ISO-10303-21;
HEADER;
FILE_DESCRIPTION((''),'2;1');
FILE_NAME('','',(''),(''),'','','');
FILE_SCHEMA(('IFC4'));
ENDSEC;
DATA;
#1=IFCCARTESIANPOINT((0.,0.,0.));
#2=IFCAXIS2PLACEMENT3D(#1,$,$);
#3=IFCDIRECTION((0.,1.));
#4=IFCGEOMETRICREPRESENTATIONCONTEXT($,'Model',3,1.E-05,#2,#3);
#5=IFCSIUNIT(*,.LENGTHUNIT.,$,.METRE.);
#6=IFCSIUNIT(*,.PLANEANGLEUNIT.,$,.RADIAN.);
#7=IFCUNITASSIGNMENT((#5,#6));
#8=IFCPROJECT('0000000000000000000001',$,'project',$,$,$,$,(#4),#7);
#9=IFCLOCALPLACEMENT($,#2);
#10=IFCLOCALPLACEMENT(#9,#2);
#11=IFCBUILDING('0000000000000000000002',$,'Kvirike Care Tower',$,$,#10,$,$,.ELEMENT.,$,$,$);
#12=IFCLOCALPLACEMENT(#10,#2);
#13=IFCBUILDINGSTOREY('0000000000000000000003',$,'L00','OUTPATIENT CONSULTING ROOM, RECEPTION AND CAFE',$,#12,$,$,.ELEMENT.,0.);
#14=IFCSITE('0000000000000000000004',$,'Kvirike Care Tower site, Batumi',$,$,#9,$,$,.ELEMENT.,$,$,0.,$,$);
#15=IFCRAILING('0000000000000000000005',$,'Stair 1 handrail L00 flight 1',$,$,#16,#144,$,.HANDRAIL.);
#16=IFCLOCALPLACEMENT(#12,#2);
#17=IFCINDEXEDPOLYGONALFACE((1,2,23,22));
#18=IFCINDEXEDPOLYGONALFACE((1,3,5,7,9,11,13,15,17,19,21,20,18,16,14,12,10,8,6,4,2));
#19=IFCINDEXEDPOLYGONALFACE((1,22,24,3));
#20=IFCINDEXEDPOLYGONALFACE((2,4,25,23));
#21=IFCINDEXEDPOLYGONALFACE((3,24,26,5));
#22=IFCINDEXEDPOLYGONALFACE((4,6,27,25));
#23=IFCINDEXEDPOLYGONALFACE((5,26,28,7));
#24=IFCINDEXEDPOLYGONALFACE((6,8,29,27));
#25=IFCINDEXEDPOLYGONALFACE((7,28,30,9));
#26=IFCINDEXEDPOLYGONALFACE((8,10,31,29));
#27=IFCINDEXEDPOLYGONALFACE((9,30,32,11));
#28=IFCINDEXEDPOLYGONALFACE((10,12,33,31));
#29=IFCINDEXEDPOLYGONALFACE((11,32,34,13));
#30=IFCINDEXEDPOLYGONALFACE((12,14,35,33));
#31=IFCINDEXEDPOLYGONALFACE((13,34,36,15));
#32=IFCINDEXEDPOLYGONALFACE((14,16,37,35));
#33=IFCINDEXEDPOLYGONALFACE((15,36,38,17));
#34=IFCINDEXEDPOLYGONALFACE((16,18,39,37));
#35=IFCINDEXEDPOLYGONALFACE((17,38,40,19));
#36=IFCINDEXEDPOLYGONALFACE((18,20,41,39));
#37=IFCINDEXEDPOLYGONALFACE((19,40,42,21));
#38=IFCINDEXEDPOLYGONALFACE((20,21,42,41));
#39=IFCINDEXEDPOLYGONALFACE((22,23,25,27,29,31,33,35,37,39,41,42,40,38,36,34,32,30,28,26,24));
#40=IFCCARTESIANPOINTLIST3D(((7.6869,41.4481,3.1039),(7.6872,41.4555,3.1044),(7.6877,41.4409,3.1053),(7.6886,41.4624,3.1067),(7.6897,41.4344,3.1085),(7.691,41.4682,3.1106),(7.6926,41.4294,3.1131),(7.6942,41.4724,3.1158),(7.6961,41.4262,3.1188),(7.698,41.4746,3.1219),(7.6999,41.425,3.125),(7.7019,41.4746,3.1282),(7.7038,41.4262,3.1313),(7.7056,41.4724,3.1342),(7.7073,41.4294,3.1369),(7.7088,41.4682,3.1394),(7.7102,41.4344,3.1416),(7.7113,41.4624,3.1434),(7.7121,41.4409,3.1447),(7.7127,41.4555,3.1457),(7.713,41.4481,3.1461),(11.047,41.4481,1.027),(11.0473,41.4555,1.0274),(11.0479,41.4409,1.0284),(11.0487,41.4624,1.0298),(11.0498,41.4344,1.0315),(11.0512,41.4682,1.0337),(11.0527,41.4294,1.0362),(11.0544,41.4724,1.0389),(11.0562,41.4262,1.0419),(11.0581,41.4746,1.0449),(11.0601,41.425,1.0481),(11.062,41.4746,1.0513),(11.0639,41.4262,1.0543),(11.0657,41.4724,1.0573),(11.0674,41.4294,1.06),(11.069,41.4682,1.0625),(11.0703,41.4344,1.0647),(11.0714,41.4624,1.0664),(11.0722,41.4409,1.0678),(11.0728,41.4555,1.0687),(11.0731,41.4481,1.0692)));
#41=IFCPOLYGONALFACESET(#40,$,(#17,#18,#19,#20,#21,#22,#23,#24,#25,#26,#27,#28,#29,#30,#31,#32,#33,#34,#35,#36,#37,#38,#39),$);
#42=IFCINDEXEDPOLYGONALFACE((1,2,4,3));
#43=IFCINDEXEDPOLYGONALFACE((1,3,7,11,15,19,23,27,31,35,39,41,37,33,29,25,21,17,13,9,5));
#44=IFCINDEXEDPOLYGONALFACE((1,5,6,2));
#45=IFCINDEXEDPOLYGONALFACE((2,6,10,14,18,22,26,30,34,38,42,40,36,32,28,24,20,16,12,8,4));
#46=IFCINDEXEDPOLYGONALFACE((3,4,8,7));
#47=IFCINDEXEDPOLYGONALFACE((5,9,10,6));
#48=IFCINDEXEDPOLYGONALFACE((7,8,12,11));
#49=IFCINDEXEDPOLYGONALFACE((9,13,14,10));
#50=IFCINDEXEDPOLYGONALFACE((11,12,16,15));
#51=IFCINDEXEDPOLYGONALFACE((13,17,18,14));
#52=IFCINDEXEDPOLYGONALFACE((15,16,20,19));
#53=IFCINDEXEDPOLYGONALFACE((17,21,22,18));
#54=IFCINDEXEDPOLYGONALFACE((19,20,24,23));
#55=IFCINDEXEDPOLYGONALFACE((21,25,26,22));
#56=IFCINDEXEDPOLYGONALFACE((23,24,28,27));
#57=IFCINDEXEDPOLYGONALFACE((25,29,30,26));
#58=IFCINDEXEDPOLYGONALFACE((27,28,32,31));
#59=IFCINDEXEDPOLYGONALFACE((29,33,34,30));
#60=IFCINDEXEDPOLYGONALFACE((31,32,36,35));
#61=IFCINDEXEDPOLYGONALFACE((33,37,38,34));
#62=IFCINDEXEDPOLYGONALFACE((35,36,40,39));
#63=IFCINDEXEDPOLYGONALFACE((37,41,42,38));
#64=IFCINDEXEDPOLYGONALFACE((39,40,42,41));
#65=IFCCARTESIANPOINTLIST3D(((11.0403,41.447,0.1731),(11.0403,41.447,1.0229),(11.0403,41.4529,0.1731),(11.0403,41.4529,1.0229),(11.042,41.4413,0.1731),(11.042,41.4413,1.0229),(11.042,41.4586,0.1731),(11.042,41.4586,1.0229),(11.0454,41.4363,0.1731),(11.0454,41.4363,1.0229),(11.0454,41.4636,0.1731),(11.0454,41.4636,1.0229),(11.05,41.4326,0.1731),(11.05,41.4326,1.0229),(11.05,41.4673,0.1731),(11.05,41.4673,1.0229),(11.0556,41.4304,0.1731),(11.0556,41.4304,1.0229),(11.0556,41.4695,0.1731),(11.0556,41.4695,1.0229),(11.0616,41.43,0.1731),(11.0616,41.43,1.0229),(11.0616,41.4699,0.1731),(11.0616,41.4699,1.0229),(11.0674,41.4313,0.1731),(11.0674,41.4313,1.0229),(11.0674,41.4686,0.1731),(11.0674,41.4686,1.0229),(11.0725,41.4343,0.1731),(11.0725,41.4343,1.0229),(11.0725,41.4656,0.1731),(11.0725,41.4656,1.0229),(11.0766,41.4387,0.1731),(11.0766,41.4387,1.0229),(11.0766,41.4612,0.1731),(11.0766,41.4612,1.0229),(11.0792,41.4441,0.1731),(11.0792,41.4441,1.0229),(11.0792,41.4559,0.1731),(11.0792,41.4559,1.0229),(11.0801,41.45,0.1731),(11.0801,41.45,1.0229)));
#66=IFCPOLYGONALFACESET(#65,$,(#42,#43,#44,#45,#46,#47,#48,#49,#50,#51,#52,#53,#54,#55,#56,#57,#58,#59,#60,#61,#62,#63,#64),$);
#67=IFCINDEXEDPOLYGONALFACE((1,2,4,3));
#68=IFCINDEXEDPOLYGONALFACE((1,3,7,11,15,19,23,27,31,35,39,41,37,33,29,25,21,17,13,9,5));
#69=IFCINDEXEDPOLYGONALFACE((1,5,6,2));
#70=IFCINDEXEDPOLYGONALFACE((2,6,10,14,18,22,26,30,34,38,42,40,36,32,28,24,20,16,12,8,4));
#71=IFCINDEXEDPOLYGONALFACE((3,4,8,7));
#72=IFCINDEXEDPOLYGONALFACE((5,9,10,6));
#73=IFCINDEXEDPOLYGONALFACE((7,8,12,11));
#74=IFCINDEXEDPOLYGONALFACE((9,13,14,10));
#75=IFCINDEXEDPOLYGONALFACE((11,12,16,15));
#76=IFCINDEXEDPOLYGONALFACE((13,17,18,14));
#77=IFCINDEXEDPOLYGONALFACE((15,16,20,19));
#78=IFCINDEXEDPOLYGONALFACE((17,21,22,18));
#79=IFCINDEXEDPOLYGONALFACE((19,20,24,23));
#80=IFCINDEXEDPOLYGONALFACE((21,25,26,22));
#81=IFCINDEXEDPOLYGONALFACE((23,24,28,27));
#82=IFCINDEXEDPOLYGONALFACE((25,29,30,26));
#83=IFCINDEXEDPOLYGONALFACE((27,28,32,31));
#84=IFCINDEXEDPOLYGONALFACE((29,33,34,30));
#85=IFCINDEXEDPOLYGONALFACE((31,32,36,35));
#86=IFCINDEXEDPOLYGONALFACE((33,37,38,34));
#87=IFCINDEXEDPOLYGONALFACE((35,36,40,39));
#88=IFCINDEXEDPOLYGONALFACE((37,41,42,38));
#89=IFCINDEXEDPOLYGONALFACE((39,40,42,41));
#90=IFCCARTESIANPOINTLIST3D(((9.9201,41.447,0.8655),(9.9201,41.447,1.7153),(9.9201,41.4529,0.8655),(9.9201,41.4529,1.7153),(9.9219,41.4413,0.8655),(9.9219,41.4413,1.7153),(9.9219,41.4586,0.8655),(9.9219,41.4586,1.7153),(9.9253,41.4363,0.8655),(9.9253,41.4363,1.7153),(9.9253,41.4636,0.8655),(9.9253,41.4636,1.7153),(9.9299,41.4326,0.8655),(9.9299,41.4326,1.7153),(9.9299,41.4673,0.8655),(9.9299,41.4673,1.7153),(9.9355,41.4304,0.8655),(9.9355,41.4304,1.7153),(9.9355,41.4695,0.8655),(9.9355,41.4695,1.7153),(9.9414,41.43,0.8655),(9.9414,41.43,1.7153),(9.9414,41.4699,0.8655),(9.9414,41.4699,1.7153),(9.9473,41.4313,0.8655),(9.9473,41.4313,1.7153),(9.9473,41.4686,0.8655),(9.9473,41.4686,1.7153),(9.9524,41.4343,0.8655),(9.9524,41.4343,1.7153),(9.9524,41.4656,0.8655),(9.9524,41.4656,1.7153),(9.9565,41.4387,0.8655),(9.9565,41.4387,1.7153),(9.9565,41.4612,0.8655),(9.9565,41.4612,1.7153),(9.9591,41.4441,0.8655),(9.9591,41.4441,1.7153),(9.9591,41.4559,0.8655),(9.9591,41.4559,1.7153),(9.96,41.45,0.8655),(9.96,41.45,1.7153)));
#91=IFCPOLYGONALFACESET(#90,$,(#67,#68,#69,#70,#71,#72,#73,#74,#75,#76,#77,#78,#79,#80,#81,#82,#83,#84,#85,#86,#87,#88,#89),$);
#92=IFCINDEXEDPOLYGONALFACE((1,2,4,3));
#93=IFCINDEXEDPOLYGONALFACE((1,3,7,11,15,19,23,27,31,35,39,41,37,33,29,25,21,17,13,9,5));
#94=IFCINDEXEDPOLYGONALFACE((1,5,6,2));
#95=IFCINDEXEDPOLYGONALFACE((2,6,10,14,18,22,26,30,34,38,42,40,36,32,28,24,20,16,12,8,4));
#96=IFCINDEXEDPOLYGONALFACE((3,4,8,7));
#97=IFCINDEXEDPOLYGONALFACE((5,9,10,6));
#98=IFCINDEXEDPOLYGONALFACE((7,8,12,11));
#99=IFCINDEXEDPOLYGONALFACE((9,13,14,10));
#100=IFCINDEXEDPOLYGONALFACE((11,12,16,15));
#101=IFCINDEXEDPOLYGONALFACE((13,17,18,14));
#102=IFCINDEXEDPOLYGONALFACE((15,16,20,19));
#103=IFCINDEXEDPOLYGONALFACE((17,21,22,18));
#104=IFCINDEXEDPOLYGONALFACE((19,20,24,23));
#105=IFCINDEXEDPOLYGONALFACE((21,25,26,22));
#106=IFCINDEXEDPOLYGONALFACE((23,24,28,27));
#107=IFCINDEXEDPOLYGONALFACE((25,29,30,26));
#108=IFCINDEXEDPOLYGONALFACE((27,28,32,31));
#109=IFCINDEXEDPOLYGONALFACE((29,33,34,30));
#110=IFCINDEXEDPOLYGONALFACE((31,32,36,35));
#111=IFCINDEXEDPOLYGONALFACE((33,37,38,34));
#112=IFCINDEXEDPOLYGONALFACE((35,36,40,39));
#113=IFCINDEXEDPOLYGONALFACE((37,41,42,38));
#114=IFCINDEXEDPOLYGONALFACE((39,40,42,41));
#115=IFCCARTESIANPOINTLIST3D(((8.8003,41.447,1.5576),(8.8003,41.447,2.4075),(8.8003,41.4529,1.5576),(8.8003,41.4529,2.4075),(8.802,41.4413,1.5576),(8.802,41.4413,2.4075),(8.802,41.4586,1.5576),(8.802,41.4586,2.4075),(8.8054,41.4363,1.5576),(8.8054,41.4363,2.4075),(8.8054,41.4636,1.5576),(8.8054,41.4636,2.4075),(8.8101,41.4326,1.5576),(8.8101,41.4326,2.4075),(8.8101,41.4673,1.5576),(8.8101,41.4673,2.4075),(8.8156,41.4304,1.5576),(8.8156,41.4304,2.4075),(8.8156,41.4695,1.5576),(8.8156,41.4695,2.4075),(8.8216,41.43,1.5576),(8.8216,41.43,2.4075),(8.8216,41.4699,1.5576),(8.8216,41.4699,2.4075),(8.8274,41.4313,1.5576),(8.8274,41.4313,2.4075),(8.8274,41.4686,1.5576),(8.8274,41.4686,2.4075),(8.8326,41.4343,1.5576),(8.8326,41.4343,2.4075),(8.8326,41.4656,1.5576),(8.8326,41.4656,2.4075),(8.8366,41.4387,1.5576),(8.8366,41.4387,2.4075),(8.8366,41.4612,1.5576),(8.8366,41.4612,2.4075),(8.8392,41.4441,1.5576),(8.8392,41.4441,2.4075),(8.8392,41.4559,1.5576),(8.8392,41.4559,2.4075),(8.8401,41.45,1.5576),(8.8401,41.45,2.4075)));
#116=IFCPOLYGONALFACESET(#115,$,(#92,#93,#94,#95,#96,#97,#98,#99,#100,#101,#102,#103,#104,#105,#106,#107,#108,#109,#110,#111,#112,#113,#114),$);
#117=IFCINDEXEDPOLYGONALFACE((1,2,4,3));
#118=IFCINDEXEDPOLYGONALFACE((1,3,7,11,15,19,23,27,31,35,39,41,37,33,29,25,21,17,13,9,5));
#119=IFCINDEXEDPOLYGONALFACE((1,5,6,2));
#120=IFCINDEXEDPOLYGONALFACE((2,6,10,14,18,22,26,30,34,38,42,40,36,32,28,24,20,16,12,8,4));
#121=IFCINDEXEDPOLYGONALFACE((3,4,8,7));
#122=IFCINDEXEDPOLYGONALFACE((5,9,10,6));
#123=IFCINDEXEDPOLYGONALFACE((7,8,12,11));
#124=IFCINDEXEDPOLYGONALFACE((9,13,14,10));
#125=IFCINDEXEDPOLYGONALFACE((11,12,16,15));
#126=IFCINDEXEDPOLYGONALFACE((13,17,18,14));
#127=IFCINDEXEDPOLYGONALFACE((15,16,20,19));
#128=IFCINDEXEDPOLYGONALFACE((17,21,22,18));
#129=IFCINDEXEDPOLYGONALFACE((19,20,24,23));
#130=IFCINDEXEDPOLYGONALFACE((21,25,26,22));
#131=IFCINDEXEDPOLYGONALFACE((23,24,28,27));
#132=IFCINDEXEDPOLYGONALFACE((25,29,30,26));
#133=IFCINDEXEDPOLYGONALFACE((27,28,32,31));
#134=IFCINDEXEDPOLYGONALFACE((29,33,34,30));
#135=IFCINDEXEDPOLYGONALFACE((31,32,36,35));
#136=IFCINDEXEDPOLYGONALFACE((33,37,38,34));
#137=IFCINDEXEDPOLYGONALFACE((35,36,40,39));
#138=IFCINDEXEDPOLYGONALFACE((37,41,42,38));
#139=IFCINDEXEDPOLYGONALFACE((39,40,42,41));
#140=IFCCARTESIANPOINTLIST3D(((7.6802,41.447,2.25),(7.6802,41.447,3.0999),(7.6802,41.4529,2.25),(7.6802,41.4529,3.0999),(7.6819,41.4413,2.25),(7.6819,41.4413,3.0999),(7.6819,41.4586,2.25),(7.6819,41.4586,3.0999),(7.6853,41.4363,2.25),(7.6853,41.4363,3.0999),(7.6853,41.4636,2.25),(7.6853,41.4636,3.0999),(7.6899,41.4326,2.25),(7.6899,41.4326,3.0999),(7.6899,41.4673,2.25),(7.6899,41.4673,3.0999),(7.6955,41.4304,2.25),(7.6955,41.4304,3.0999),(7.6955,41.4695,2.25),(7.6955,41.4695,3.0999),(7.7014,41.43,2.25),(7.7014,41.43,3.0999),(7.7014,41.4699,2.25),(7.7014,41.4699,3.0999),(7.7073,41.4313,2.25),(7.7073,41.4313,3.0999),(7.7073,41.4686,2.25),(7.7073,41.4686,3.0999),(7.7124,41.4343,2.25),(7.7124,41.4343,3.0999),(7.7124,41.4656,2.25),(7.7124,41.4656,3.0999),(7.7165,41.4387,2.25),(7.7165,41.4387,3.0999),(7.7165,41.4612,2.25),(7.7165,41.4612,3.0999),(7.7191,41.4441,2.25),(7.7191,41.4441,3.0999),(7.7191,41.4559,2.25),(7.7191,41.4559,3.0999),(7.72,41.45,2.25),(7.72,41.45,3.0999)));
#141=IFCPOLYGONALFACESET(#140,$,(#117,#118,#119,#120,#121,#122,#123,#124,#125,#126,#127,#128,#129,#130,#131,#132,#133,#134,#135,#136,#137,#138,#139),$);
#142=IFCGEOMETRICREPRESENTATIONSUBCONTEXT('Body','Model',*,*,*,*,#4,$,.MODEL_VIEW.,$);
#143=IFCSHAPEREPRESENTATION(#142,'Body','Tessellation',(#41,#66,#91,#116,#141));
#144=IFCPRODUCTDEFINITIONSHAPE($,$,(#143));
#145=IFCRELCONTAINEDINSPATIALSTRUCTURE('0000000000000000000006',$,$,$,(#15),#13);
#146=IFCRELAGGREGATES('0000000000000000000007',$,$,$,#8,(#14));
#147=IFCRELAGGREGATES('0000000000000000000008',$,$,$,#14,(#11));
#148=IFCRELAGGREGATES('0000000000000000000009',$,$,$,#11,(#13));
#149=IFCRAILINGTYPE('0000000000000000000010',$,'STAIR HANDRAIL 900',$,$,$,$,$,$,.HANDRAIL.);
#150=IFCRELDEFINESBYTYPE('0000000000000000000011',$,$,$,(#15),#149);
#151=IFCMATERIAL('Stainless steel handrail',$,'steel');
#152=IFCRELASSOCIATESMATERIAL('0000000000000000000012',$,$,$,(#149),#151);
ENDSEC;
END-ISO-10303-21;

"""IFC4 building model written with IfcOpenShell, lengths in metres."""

from ifc_helpers import new_model, si_unit, direction, frame, origin, origin_2d, place, context, subcontext, project, spatial, circle, extrude, material, type_object, element, save


model = new_model("IFC4")

# Units and contexts
model_context = context("Model", 3, precision=1e-05, world=origin(), true_north=direction((0.0, 1.0)))
body_context = subcontext(model_context, "Body", "Model", "MODEL_VIEW")
ifc_project = project(units=[si_unit("LENGTHUNIT", "METRE"), si_unit("PLANEANGLEUNIT", "RADIAN")], contexts=[model_context])

# Site, building, storey
site_placement = place(None, origin())
site = spatial("IfcSite", under=ifc_project, at=site_placement, Name="Kvirike Care Tower site, Batumi", CompositionType="ELEMENT", RefElevation=0.0)
building_placement = place(site_placement, origin())
building = spatial("IfcBuilding", under=site, at=building_placement, Name="Kvirike Care Tower", CompositionType="ELEMENT")
storey_placement = place(building_placement, origin())
storey = spatial("IfcBuildingStorey", under=building, at=storey_placement, Name="L00", Description="OUTPATIENT CONSULTING ROOM, RECEPTION AND CAFE", CompositionType="ELEMENT", Elevation=0.0)

# Railing
ifc_material_1 = material(Name="Stainless steel handrail", Category="steel")
railing_type = type_object("IfcRailingType", Name="STAIR HANDRAIL 900", PredefinedType="HANDRAIL", material=ifc_material_1)
railing_placement = place(storey_placement, frame((11.0601, 41.45, 0.1731)))
element("IfcRailing", 1, at=railing_placement, inside=storey, type_object=railing_type, Name="Stair 1 handrail L00 flight 1", PredefinedType="HANDRAIL", context=body_context, shape_type="SweptSolid", body=[
    extrude(circle(Radius=0.0249, at=origin_2d()), frame((0.0, 0.0, 0.875), z_axis=(-0.850623, 0.0, 0.525776), x_axis=(0.0, -1.0, 0.0)), (0.0, 0.0, 1.0), 3.9502),
    extrude(circle(Radius=0.02, at=origin_2d()), origin(), (0.0, 0.0, 1.0), 0.8499),
    extrude(circle(Radius=0.02, at=origin_2d()), frame((-1.1201, 0.0, 0.6924)), (0.0, 0.0, 1.0), 0.8499),
    extrude(circle(Radius=0.02, at=origin_2d()), frame((-2.24, 0.0, 1.3845)), (0.0, 0.0, 1.0), 0.8499),
    extrude(circle(Radius=0.02, at=origin_2d()), frame((-3.3601, 0.0, 2.0769)), (0.0, 0.0, 1.0), 0.8499),
])

save(model, "model.ifc")
